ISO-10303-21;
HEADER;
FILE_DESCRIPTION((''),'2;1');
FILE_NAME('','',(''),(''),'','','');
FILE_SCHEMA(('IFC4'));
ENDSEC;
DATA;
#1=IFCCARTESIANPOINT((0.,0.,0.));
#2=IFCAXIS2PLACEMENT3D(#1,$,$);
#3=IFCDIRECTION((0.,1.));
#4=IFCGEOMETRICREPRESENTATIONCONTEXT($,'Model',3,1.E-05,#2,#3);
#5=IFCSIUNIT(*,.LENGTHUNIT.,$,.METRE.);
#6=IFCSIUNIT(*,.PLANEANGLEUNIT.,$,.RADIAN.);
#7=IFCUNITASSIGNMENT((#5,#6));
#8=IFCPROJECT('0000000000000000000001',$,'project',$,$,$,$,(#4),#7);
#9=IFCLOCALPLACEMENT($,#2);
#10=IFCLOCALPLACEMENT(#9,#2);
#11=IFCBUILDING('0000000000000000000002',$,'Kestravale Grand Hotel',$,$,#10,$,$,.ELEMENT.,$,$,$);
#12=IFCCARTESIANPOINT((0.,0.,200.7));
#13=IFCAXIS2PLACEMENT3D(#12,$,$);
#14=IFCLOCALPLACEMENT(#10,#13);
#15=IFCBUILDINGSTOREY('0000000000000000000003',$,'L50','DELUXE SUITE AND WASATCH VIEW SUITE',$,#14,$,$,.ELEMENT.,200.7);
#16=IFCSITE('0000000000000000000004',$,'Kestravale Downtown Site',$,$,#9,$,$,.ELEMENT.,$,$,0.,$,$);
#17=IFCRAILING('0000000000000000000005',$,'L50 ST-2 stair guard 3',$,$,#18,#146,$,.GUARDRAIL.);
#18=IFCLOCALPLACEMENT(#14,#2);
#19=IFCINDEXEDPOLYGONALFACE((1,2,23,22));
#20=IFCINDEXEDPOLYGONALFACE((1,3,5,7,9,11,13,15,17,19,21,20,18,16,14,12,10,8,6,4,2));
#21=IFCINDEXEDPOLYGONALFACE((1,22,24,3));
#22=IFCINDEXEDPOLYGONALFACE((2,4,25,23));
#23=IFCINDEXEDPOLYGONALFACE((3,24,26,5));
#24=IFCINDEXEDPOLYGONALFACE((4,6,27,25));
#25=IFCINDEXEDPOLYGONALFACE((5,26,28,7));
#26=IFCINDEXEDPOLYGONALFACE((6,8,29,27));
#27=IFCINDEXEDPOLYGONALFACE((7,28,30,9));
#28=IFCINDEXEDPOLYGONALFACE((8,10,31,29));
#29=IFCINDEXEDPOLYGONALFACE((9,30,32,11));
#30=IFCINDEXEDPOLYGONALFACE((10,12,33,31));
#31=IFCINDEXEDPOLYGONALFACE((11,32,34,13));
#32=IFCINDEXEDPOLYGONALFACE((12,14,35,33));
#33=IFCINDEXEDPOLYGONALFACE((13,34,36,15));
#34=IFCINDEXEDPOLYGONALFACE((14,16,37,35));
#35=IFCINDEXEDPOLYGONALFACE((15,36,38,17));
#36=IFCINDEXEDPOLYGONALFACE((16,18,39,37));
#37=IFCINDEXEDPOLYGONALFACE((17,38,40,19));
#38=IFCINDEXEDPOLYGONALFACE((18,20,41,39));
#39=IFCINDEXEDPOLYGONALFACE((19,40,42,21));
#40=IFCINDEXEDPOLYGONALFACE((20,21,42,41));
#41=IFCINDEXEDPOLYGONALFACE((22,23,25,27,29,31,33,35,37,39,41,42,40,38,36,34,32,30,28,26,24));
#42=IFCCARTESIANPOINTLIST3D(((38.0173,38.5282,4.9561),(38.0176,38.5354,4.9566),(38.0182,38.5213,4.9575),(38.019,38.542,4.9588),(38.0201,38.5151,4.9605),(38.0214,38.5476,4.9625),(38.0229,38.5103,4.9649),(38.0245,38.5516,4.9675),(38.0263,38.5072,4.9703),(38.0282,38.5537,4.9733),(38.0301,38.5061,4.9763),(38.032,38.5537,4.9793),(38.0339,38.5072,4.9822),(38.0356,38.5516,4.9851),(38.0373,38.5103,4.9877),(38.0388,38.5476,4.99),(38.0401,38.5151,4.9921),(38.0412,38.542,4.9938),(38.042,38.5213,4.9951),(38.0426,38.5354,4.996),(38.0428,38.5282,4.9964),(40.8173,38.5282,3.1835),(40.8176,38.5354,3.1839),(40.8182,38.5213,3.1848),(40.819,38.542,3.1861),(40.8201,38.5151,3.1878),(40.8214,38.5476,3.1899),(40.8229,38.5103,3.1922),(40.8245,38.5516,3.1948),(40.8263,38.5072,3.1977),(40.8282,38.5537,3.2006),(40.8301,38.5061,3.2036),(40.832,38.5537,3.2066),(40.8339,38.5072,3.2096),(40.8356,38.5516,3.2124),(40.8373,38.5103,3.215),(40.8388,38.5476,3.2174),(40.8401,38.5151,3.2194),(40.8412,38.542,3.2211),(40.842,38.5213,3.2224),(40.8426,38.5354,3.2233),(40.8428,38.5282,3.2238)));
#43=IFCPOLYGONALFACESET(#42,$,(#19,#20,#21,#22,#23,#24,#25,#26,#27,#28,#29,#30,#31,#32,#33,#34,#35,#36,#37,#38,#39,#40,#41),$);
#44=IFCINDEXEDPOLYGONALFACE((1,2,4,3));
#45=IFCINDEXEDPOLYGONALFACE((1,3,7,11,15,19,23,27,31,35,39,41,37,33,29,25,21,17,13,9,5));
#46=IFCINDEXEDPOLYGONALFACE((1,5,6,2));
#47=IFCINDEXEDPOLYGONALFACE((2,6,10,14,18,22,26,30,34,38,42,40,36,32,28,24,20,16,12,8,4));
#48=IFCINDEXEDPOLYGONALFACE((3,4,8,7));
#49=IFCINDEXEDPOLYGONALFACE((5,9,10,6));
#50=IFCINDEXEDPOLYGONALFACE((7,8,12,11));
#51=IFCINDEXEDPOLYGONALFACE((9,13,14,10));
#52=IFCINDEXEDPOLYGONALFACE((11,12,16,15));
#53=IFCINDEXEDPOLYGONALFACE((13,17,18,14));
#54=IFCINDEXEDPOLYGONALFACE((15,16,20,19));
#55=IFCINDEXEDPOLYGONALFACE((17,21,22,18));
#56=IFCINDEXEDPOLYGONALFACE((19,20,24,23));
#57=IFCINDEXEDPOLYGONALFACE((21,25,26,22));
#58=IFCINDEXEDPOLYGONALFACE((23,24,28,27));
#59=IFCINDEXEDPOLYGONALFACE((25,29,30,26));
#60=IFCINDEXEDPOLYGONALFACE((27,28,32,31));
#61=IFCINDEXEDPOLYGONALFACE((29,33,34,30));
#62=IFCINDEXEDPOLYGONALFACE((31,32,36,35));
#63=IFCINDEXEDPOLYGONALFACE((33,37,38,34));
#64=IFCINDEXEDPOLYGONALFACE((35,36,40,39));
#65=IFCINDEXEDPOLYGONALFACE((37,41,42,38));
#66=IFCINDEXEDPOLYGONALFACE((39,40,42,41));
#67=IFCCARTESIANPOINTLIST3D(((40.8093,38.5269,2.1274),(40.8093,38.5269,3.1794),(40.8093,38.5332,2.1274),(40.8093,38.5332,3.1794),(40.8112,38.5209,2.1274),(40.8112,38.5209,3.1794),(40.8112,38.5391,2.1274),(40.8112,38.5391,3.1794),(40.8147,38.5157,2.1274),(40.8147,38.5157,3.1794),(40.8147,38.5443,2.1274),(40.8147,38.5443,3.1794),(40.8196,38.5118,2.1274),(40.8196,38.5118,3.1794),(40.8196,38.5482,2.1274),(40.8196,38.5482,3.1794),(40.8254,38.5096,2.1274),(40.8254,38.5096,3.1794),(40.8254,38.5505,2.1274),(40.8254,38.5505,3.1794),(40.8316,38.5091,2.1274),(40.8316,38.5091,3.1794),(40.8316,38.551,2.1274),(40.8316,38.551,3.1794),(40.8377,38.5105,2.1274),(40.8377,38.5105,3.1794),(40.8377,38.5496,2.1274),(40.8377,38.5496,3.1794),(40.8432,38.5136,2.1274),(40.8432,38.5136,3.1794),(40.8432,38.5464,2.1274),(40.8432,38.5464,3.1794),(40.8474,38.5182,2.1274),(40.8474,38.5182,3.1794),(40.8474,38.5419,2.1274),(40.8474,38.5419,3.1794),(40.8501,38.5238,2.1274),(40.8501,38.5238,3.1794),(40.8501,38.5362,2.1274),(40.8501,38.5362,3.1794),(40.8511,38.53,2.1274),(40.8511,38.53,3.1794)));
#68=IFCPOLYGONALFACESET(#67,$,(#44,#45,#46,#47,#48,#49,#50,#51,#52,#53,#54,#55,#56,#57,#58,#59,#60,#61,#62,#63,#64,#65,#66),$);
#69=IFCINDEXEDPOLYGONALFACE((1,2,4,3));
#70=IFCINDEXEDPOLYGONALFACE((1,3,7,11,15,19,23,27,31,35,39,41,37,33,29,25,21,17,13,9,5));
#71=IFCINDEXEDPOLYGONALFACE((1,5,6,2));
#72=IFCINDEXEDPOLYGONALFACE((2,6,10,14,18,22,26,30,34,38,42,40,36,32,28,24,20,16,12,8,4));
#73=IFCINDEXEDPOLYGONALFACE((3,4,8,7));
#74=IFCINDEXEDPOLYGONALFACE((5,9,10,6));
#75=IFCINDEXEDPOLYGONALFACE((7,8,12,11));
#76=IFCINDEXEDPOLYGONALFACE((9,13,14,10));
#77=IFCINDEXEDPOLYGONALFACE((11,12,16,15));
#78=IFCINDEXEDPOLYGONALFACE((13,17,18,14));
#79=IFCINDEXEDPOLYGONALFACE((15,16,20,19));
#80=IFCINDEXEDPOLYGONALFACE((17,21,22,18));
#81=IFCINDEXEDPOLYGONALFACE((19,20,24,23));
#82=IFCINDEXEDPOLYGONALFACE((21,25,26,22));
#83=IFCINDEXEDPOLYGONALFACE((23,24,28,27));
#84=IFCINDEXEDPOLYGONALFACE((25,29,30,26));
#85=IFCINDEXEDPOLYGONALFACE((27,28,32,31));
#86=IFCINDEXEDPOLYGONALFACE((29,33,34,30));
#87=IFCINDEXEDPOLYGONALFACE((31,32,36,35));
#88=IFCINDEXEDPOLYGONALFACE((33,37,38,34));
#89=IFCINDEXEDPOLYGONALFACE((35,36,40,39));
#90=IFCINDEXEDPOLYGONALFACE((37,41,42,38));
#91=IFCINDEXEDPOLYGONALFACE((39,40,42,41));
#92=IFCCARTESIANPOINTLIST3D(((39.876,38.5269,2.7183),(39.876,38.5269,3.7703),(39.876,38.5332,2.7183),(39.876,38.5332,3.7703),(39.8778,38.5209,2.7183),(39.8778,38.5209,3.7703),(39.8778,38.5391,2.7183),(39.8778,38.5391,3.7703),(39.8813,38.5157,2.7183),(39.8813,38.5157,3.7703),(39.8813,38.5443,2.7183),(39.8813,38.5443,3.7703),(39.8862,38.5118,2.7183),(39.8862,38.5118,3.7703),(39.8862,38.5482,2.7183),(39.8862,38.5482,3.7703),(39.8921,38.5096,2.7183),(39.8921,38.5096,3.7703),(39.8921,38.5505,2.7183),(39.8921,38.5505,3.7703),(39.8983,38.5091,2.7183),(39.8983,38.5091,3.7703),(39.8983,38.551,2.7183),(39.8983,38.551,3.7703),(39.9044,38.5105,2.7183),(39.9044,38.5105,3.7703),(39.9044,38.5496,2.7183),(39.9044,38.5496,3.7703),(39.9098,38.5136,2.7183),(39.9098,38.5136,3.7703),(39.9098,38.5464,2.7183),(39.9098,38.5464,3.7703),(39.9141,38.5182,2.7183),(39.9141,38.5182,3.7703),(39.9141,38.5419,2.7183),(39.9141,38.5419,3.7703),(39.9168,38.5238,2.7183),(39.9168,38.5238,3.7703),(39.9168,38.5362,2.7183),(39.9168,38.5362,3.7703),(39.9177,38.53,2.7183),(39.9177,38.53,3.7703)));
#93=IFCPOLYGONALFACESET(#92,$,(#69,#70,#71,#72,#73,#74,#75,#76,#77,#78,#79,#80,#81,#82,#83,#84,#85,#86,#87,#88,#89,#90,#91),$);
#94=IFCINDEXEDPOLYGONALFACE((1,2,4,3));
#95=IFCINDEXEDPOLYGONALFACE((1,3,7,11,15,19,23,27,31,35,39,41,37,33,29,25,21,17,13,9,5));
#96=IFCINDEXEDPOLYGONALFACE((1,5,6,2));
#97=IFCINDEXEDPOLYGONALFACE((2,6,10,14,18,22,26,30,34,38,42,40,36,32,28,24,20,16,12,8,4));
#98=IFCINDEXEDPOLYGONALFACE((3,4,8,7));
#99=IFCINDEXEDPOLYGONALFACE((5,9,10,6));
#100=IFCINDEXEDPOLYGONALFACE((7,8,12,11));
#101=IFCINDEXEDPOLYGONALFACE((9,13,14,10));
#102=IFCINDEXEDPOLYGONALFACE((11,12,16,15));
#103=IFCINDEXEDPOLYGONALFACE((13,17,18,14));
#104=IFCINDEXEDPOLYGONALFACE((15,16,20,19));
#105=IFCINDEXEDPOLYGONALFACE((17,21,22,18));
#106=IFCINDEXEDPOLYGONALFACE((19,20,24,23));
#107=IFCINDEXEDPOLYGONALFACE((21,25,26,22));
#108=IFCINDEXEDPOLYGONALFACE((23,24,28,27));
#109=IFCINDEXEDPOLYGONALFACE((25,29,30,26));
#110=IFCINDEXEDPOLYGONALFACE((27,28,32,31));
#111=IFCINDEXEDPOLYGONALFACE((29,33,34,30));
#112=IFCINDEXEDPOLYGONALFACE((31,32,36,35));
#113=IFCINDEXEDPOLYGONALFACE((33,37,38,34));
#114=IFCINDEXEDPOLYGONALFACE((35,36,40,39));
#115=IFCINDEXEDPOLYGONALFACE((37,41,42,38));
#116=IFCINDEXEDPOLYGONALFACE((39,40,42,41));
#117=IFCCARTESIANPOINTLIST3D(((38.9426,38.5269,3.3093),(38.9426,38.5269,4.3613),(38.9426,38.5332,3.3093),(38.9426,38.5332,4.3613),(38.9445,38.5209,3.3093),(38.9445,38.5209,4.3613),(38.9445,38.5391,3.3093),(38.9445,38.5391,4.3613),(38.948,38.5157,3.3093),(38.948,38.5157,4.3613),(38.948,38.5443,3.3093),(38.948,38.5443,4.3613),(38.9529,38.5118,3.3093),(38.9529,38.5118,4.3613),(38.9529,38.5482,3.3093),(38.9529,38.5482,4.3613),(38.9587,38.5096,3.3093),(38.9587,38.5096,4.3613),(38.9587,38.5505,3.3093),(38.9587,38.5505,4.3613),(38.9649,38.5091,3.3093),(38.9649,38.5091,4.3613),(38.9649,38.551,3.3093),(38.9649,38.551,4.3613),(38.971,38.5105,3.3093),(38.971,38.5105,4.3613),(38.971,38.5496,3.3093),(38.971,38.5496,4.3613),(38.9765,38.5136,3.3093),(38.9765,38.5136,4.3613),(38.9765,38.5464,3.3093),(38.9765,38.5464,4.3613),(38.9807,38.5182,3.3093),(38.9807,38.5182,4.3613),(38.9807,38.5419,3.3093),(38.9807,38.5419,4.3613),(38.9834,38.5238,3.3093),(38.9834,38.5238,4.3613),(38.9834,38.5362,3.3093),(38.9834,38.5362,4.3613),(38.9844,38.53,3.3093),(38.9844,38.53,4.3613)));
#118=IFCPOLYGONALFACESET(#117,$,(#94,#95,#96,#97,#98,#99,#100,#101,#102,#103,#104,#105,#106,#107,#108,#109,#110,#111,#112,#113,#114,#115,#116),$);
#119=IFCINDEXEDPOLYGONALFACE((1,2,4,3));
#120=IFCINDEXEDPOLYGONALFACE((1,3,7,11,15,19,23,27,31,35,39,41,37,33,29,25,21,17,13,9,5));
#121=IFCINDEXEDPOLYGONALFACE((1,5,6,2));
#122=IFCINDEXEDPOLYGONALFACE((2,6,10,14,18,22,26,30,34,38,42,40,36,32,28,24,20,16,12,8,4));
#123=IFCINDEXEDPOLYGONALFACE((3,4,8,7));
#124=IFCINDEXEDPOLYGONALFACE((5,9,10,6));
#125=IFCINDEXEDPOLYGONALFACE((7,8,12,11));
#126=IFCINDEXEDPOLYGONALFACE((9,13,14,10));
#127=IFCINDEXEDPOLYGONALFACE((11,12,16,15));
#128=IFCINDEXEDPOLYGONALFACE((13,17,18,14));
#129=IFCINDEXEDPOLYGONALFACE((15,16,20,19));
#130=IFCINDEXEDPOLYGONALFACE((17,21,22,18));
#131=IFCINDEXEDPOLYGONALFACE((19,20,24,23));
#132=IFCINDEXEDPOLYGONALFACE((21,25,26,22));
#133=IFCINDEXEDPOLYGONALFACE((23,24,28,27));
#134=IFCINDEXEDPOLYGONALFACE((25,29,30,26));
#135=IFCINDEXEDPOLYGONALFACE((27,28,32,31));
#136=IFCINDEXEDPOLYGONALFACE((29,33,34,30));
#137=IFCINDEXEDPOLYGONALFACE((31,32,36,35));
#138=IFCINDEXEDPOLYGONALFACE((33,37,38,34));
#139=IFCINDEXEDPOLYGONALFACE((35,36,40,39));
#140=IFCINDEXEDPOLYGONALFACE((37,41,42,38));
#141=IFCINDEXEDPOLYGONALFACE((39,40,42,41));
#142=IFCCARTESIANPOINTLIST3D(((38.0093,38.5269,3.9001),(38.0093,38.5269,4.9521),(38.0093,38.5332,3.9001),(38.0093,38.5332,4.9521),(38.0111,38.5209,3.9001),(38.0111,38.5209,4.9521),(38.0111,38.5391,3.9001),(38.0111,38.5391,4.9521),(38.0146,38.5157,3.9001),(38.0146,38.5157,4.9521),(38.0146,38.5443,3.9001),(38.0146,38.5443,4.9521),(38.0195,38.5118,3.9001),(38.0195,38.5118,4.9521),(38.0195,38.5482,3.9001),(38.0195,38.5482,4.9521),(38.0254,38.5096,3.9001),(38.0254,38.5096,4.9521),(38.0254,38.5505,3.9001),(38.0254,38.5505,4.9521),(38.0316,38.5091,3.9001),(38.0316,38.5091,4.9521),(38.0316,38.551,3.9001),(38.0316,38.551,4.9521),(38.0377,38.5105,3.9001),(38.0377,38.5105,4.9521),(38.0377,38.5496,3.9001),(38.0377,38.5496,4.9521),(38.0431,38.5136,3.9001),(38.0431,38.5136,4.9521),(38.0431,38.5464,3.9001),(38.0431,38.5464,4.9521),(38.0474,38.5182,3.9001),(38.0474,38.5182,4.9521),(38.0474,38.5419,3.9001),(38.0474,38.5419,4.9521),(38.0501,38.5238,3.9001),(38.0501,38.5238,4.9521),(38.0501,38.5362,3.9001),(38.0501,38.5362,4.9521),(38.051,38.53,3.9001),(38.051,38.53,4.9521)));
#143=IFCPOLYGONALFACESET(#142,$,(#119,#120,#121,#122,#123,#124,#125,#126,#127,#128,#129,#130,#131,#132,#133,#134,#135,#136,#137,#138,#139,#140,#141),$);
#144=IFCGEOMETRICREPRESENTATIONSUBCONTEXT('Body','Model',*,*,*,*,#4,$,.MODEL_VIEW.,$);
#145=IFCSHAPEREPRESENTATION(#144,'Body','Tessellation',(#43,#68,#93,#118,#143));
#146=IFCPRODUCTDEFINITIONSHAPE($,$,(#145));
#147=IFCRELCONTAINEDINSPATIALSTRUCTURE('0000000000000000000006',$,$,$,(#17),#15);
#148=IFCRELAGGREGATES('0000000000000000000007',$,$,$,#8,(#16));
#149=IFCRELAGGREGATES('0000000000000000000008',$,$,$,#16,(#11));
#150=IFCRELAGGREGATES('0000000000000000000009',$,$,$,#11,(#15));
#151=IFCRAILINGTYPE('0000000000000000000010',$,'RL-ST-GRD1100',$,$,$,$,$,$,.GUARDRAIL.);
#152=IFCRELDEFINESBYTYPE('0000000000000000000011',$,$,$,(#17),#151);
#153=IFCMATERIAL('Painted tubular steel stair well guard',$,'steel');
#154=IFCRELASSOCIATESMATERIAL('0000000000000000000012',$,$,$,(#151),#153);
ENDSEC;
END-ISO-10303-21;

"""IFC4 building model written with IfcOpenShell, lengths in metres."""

from ifc_helpers import new_model, si_unit, direction, frame, origin, origin_2d, place, context, subcontext, project, spatial, circle, extrude, material, type_object, element, save


model = new_model("IFC4")

# Units and contexts
model_context = context("Model", 3, precision=1e-05, world=origin(), true_north=direction((0.0, 1.0)))
body_context = subcontext(model_context, "Body", "Model", "MODEL_VIEW")
ifc_project = project(units=[si_unit("LENGTHUNIT", "METRE"), si_unit("PLANEANGLEUNIT", "RADIAN")], contexts=[model_context])

# Site, building, storey
site_placement = place(None, origin())
site = spatial("IfcSite", under=ifc_project, at=site_placement, Name="Kestravale Downtown Site", CompositionType="ELEMENT", RefElevation=0.0)
building_placement = place(site_placement, origin())
building = spatial("IfcBuilding", under=site, at=building_placement, Name="Kestravale Grand Hotel", CompositionType="ELEMENT")
storey_placement = place(building_placement, frame((0.0, 0.0, 200.7)))
storey = spatial("IfcBuildingStorey", under=building, at=storey_placement, Name="L50", Description="DELUXE SUITE AND WASATCH VIEW SUITE", CompositionType="ELEMENT", Elevation=200.7)

# Railing
ifc_material_1 = material(Name="Painted tubular steel stair well guard", Category="steel")
railing_type_1 = type_object("IfcRailingType", Name="RL-ST-GRD1100", PredefinedType="GUARDRAIL", material=ifc_material_1)
railing_1_placement = place(storey_placement, frame((40.8301, 38.53, 2.1274)))
element("IfcRailing", 1, at=railing_1_placement, inside=storey, type_object=railing_type_1, Name="L50 ST-2 stair guard 3", PredefinedType="GUARDRAIL", context=body_context, shape_type="SweptSolid", body=[
    extrude(circle(Radius=0.0239, at=origin_2d()), frame((0.0, 0.0, 1.0762), z_axis=(-0.844909, 0.0, 0.53491), x_axis=(0.0, -1.0, 0.0)), (0.0, 0.0, 1.0), 3.314),
    extrude(circle(Radius=0.021, at=origin_2d()), origin(), (0.0, 0.0, 1.0), 1.052),
    extrude(circle(Radius=0.021, at=origin_2d()), frame((-0.9333, 0.0, 0.5908)), (0.0, 0.0, 1.0), 1.052),
    extrude(circle(Radius=0.021, at=origin_2d()), frame((-1.8667, 0.0, 1.1819)), (0.0, 0.0, 1.0), 1.052),
    extrude(circle(Radius=0.021, at=origin_2d()), frame((-2.8, 0.0, 1.7727)), (0.0, 0.0, 1.0), 1.052),
])

save(model, "model.ifc")
